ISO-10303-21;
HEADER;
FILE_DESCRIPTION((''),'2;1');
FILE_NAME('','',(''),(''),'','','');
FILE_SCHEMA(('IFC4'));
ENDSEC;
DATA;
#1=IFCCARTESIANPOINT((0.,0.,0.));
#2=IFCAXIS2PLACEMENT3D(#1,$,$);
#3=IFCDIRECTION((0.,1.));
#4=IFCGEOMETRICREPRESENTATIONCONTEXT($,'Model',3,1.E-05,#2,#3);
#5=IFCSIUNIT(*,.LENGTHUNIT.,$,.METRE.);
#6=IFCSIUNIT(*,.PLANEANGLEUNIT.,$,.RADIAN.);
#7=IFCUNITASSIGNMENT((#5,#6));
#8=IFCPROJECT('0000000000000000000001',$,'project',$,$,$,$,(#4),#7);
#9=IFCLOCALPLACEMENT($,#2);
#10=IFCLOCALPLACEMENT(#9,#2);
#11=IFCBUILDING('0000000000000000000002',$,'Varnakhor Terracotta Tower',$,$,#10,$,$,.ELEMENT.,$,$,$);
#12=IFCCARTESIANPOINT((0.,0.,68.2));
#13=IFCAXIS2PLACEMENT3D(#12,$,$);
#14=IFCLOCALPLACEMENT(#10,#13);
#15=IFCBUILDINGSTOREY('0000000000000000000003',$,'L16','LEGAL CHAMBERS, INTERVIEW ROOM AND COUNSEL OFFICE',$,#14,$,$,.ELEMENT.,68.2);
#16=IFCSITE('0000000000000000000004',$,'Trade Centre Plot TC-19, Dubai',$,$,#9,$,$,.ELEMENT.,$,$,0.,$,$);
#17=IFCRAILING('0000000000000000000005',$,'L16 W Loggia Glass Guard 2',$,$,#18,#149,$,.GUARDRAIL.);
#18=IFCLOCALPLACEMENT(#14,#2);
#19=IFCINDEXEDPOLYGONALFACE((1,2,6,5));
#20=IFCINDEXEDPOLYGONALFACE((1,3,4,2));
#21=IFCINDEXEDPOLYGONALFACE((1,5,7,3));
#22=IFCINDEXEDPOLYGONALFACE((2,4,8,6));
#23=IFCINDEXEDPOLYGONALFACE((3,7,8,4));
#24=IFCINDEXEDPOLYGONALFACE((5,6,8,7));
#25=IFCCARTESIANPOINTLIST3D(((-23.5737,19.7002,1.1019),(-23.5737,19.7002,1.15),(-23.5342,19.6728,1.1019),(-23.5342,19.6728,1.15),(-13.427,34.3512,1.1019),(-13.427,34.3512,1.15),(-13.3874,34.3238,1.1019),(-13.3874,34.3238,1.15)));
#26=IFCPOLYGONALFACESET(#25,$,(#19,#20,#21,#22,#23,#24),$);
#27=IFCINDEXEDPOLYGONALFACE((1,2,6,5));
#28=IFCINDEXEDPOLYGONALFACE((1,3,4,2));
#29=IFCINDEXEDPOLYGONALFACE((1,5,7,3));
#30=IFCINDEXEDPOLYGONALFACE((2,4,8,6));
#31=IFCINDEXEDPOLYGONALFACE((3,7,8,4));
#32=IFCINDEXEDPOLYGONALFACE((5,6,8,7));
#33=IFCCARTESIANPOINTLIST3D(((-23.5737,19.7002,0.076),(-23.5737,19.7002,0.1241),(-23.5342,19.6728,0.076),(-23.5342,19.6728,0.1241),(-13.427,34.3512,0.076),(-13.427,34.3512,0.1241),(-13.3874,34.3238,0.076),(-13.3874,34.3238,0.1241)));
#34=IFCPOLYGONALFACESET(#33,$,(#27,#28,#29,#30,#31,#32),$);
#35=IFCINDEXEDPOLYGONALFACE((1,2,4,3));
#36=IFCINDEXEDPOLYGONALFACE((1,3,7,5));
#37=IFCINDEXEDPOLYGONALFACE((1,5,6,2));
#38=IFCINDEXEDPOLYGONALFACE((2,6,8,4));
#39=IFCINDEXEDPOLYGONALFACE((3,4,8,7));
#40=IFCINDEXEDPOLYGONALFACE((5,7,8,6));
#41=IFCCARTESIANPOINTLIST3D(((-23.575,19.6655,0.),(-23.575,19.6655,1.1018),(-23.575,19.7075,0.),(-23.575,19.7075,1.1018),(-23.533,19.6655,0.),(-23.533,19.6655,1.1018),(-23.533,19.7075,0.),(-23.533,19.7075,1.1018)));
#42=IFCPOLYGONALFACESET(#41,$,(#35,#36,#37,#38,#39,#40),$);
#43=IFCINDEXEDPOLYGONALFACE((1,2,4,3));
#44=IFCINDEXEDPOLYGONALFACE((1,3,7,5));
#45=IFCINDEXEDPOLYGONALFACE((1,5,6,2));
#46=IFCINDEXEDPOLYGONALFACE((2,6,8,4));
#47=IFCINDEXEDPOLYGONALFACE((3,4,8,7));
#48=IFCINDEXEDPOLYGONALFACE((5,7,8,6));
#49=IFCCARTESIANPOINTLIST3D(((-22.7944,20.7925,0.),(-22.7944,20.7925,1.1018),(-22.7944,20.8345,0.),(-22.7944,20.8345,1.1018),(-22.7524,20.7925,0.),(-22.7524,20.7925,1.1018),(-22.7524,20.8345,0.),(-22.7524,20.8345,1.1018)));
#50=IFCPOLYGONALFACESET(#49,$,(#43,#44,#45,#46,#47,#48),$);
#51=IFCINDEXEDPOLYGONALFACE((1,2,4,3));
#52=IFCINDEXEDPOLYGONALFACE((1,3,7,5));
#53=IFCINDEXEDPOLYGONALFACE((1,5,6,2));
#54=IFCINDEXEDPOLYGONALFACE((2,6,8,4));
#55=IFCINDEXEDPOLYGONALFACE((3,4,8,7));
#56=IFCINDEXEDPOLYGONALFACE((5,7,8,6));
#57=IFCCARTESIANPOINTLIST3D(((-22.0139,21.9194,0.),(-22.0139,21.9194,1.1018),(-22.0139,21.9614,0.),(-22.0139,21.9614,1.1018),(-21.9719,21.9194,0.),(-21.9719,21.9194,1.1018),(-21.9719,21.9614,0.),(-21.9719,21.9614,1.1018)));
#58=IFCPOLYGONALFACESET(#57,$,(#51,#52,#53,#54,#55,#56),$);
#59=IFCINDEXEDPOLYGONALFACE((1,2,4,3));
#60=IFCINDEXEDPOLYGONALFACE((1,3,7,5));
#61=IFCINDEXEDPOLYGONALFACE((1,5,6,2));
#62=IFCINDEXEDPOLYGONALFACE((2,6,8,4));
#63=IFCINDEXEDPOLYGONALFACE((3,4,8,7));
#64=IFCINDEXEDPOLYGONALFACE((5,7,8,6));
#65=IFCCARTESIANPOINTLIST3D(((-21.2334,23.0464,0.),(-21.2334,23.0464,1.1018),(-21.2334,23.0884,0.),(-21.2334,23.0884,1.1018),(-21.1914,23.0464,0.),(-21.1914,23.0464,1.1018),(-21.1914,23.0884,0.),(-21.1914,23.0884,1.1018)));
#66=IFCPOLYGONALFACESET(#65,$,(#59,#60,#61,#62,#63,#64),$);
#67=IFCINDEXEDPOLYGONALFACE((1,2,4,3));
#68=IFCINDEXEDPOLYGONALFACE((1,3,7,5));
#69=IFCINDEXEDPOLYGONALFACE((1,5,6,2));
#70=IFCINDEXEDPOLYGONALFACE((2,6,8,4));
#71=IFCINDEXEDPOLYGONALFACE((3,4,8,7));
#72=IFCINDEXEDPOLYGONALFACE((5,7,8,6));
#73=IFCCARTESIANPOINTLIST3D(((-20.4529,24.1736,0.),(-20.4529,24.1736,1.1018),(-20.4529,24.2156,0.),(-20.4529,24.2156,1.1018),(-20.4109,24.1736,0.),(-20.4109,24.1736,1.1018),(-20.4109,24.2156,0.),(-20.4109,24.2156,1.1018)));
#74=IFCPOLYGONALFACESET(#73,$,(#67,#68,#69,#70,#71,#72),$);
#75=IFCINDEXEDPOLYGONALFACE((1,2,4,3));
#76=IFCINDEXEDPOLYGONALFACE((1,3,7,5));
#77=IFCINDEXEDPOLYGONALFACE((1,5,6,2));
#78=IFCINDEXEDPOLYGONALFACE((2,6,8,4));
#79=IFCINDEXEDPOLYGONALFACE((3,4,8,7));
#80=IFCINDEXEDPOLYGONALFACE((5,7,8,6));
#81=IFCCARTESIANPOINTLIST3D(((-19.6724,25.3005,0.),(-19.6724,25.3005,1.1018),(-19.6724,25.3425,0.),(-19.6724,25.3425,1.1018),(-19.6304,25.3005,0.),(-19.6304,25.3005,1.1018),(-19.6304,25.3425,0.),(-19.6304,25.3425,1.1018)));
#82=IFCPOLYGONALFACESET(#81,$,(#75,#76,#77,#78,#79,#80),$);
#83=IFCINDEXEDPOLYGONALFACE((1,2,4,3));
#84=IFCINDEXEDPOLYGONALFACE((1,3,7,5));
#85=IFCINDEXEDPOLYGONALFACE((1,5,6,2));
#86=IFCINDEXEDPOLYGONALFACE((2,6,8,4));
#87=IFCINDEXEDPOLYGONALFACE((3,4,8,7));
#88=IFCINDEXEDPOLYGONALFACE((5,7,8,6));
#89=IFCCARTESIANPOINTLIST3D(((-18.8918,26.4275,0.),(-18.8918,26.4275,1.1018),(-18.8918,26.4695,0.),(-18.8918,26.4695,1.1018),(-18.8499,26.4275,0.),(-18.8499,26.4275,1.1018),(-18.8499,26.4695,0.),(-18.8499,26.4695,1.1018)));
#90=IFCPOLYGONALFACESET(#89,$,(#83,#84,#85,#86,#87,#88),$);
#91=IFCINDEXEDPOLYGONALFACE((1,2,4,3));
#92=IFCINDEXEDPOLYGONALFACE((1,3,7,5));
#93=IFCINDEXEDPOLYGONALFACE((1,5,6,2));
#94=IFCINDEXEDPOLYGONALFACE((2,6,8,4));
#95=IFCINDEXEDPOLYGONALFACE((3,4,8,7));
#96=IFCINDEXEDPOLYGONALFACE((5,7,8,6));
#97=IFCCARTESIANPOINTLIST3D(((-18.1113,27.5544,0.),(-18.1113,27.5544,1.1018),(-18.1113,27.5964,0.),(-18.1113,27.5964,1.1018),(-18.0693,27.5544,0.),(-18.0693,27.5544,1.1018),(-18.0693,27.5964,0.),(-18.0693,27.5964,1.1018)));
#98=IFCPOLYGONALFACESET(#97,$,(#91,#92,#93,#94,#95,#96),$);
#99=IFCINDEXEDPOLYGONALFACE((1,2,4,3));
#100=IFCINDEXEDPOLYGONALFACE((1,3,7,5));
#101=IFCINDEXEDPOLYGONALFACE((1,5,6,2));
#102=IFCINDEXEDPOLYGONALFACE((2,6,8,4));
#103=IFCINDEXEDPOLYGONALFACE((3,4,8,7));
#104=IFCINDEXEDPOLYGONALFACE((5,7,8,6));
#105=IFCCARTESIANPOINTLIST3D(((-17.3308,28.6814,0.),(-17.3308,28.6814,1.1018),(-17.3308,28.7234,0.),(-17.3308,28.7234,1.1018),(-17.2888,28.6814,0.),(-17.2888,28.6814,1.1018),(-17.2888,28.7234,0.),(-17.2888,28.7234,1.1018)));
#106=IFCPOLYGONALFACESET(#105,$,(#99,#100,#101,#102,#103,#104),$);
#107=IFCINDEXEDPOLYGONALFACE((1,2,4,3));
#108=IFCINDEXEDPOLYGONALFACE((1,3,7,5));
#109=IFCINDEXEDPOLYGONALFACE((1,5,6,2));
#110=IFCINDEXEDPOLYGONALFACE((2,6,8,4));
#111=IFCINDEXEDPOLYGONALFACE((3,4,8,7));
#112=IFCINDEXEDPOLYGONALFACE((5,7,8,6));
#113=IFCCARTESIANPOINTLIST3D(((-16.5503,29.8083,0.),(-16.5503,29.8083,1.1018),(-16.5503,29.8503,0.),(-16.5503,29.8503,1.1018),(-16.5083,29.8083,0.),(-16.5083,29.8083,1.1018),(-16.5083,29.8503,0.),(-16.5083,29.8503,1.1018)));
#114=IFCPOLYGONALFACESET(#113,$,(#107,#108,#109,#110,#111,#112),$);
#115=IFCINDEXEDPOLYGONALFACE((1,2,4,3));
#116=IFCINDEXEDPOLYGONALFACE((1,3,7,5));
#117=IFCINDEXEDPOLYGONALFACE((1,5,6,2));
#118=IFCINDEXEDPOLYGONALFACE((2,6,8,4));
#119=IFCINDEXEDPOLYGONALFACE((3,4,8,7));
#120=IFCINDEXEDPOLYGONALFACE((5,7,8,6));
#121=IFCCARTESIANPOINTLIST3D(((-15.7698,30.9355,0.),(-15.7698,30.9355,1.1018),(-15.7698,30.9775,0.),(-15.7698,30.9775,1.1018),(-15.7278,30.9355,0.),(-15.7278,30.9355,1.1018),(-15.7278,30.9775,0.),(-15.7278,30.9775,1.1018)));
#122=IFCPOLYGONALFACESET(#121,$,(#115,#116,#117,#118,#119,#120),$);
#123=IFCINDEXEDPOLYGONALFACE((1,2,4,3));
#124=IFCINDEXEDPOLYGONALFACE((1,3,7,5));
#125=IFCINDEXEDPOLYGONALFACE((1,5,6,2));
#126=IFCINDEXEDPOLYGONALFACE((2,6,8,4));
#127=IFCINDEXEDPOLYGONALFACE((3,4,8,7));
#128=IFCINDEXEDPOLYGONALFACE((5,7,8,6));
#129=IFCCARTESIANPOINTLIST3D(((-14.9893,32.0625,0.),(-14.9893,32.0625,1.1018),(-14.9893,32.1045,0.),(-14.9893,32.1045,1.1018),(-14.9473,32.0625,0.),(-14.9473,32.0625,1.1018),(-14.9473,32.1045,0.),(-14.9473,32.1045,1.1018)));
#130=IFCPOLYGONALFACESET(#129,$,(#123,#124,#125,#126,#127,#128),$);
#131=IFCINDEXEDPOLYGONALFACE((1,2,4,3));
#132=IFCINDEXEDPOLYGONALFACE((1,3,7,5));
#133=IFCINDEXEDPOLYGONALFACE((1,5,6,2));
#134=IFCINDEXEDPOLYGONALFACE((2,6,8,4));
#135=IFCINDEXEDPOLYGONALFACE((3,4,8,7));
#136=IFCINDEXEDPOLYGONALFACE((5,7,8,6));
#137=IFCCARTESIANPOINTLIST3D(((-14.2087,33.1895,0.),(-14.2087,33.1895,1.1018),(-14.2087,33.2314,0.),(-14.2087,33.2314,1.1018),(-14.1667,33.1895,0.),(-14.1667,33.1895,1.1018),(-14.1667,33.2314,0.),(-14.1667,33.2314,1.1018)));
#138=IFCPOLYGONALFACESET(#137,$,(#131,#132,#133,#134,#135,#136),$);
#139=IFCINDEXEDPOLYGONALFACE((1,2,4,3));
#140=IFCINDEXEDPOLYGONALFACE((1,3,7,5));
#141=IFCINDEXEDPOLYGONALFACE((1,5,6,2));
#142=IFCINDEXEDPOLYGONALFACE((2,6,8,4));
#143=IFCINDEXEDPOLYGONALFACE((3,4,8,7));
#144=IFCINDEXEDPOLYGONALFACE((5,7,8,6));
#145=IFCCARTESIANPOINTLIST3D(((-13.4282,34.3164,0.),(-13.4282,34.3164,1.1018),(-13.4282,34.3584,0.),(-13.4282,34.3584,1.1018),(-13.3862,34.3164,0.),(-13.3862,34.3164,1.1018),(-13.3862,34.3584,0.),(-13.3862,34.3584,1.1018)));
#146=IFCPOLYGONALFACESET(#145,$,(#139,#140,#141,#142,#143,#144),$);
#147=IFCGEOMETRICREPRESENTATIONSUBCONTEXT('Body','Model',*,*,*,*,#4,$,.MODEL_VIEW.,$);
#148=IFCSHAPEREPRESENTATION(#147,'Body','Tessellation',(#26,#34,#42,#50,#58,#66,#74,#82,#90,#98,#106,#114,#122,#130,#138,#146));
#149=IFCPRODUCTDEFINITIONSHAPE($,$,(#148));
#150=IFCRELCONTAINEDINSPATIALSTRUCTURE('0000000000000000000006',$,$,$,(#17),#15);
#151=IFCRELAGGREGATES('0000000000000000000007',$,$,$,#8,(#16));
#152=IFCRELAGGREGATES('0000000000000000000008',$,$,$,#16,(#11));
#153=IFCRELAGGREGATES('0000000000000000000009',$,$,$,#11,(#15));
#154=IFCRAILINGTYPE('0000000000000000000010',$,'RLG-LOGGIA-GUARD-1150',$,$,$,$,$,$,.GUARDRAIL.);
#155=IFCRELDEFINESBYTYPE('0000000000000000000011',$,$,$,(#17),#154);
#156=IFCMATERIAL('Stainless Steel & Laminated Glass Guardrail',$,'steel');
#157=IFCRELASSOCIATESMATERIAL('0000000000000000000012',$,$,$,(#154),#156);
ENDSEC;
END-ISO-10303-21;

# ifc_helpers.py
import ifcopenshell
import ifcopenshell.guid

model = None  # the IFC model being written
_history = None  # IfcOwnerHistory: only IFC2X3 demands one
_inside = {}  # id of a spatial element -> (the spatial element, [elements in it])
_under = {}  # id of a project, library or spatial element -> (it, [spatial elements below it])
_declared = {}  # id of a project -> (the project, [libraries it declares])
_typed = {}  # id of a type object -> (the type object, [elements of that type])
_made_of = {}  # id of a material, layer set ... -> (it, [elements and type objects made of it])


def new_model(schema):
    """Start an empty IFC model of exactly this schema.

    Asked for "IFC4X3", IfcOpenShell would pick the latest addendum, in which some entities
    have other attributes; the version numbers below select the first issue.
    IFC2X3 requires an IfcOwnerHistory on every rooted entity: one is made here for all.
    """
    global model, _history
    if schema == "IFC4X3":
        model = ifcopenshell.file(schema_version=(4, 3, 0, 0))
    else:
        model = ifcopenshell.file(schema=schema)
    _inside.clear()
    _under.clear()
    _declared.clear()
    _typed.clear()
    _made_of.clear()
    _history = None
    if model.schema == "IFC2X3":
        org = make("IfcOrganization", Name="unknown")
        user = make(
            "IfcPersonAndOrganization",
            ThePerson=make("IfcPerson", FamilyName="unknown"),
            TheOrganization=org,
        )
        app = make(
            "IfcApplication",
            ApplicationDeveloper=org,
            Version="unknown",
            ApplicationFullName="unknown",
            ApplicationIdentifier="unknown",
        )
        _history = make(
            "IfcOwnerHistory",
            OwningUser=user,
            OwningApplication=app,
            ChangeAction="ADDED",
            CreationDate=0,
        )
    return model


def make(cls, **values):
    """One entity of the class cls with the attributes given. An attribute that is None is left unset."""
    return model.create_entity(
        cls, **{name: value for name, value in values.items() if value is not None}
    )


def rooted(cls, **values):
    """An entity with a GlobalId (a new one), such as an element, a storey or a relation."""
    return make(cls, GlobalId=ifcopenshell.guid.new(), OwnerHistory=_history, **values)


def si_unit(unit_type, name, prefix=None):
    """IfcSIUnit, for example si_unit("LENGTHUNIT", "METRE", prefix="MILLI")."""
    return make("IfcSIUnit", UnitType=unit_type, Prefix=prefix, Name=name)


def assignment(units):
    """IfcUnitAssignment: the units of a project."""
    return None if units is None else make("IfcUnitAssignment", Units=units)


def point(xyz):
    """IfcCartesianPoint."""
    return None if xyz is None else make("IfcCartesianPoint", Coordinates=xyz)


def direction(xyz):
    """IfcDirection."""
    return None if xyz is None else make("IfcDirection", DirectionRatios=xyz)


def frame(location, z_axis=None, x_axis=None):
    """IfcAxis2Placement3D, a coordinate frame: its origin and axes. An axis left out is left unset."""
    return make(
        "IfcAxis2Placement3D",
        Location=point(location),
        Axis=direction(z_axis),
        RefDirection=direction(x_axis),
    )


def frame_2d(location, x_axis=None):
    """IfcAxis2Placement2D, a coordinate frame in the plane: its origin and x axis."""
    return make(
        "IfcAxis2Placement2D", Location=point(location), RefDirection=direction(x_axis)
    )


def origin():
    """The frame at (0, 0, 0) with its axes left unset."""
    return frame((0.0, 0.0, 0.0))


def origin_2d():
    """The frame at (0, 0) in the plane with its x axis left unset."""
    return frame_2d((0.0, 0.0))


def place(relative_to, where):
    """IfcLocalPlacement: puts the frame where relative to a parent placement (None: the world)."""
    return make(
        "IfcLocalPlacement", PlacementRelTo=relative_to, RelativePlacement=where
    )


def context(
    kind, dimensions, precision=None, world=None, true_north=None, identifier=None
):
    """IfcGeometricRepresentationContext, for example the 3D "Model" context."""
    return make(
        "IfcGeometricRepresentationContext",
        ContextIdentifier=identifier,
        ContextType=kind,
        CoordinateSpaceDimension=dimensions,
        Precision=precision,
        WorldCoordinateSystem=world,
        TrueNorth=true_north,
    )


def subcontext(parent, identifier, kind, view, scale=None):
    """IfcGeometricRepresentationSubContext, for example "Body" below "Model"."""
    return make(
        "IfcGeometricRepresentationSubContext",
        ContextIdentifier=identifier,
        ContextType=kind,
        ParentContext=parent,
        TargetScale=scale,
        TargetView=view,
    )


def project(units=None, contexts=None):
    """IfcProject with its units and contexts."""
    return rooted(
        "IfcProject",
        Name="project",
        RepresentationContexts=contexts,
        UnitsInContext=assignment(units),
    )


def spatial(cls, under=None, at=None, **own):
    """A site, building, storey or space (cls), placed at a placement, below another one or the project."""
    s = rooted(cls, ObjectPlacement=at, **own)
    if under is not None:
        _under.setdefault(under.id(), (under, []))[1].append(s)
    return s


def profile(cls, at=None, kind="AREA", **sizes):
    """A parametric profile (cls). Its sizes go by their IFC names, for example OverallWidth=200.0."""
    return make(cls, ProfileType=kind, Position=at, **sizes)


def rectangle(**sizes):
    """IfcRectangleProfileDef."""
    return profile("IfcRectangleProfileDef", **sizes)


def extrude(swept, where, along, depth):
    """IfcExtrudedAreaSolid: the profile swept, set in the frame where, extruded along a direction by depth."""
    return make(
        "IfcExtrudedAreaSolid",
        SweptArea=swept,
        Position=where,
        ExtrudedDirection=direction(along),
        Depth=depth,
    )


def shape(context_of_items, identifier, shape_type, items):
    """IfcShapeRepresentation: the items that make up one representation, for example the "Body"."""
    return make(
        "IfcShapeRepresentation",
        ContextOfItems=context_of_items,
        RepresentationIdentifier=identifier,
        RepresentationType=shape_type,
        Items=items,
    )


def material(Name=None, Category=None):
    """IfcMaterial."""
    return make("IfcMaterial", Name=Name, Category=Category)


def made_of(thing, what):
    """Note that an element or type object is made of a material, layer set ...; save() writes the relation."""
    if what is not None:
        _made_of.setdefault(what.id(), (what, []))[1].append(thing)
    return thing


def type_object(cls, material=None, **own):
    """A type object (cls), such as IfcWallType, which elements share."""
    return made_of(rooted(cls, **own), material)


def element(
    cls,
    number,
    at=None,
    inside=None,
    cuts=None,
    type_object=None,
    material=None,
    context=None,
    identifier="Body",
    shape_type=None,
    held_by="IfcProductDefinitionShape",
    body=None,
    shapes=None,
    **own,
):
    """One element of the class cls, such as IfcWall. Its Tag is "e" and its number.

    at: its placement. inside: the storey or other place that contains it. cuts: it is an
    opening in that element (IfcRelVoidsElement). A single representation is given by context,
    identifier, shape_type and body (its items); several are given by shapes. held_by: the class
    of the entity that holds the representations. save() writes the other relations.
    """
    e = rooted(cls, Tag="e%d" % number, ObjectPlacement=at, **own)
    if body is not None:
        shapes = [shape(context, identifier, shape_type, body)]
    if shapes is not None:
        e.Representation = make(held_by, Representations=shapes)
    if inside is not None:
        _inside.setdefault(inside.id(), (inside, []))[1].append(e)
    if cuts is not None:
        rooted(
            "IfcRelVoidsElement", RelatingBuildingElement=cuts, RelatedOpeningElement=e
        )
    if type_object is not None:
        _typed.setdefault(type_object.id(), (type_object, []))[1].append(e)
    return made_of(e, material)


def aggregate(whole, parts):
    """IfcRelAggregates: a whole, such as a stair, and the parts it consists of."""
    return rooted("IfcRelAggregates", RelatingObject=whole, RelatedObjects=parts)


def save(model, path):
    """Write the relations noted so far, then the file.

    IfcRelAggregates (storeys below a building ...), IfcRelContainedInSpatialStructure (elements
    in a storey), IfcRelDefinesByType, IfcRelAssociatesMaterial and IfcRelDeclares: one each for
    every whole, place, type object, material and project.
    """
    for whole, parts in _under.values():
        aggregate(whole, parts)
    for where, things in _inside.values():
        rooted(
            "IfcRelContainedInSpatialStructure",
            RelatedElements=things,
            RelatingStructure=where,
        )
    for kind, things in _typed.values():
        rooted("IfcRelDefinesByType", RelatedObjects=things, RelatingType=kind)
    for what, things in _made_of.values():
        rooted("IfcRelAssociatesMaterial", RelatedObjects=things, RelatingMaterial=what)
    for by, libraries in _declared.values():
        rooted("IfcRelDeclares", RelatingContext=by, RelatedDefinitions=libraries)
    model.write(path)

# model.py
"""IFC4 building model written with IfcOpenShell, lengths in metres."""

from ifc_helpers import new_model, si_unit, direction, frame, origin, origin_2d, place, context, subcontext, project, spatial, rectangle, extrude, material, type_object, element, save


model = new_model("IFC4")

# Units and contexts
model_context = context("Model", 3, precision=1e-05, world=origin(), true_north=direction((0.0, 1.0)))
body_context = subcontext(model_context, "Body", "Model", "MODEL_VIEW")
ifc_project = project(units=[si_unit("LENGTHUNIT", "METRE"), si_unit("PLANEANGLEUNIT", "RADIAN")], contexts=[model_context])

# Site, building, storey
site_placement = place(None, origin())
site = spatial("IfcSite", under=ifc_project, at=site_placement, Name="Trade Centre Plot TC-19, Dubai", CompositionType="ELEMENT", RefElevation=0.0)
building_placement = place(site_placement, origin())
building = spatial("IfcBuilding", under=site, at=building_placement, Name="Varnakhor Terracotta Tower", CompositionType="ELEMENT")
storey_placement = place(building_placement, frame((0.0, 0.0, 68.2)))
storey = spatial("IfcBuildingStorey", under=building, at=storey_placement, Name="L16", Description="LEGAL CHAMBERS, INTERVIEW ROOM AND COUNSEL OFFICE", CompositionType="ELEMENT", Elevation=68.2)

# Railing
ifc_material_1 = material(Name="Stainless Steel & Laminated Glass Guardrail", Category="steel")
railing_type = type_object("IfcRailingType", Name="RLG-LOGGIA-GUARD-1150", PredefinedType="GUARDRAIL", material=ifc_material_1)
railing_1_placement = place(storey_placement, frame((-23.554, 19.6865, 0.0)))
element("IfcRailing", 1, at=railing_1_placement, inside=storey, type_object=railing_type, Name="L16 W Loggia Glass Guard 2", PredefinedType="GUARDRAIL", context=body_context, shape_type="SweptSolid", body=[
    extrude(rectangle(XDim=0.0481, YDim=0.0481, at=origin_2d()), frame((0.0, 0.0, 1.126), z_axis=(0.569355, 0.822092, 0.0), x_axis=(-0.822092, 0.569355, 0.0)), (0.0, 0.0, 1.0), 17.8215),
    extrude(rectangle(XDim=0.0481, YDim=0.0481, at=origin_2d()), frame((0.0, 0.0, 0.1001), z_axis=(0.569355, 0.822092, 0.0), x_axis=(-0.822092, 0.569355, 0.0)), (0.0, 0.0, 1.0), 17.8215),
    extrude(rectangle(XDim=0.042, YDim=0.042, at=origin_2d()), origin(), (0.0, 0.0, 1.0), 1.1018),
    extrude(rectangle(XDim=0.042, YDim=0.042, at=origin_2d()), frame((0.7805, 1.127, 0.0)), (0.0, 0.0, 1.0), 1.1018),
    extrude(rectangle(XDim=0.042, YDim=0.042, at=origin_2d()), frame((1.561, 2.2539, 0.0)), (0.0, 0.0, 1.0), 1.1018),
    extrude(rectangle(XDim=0.042, YDim=0.042, at=origin_2d()), frame((2.3416, 3.3809, 0.0)), (0.0, 0.0, 1.0), 1.1018),
    extrude(rectangle(XDim=0.042, YDim=0.042, at=origin_2d()), frame((3.1221, 4.5081, 0.0)), (0.0, 0.0, 1.0), 1.1018),
    extrude(rectangle(XDim=0.042, YDim=0.042, at=origin_2d()), frame((3.9026, 5.635, 0.0)), (0.0, 0.0, 1.0), 1.1018),
    extrude(rectangle(XDim=0.042, YDim=0.042, at=origin_2d()), frame((4.6831, 6.762, 0.0)), (0.0, 0.0, 1.0), 1.1018),
    extrude(rectangle(XDim=0.042, YDim=0.042, at=origin_2d()), frame((5.4636, 7.8889, 0.0)), (0.0, 0.0, 1.0), 1.1018),
    extrude(rectangle(XDim=0.042, YDim=0.042, at=origin_2d()), frame((6.2441, 9.0159, 0.0)), (0.0, 0.0, 1.0), 1.1018),
    extrude(rectangle(XDim=0.042, YDim=0.042, at=origin_2d()), frame((7.0247, 10.1428, 0.0)), (0.0, 0.0, 1.0), 1.1018),
    extrude(rectangle(XDim=0.042, YDim=0.042, at=origin_2d()), frame((7.8052, 11.27, 0.0)), (0.0, 0.0, 1.0), 1.1018),
    extrude(rectangle(XDim=0.042, YDim=0.042, at=origin_2d()), frame((8.5857, 12.397, 0.0)), (0.0, 0.0, 1.0), 1.1018),
    extrude(rectangle(XDim=0.042, YDim=0.042, at=origin_2d()), frame((9.3662, 13.5239, 0.0)), (0.0, 0.0, 1.0), 1.1018),
    extrude(rectangle(XDim=0.042, YDim=0.042, at=origin_2d()), frame((10.1467, 14.6509, 0.0)), (0.0, 0.0, 1.0), 1.1018),
])

save(model, "model.ifc")
